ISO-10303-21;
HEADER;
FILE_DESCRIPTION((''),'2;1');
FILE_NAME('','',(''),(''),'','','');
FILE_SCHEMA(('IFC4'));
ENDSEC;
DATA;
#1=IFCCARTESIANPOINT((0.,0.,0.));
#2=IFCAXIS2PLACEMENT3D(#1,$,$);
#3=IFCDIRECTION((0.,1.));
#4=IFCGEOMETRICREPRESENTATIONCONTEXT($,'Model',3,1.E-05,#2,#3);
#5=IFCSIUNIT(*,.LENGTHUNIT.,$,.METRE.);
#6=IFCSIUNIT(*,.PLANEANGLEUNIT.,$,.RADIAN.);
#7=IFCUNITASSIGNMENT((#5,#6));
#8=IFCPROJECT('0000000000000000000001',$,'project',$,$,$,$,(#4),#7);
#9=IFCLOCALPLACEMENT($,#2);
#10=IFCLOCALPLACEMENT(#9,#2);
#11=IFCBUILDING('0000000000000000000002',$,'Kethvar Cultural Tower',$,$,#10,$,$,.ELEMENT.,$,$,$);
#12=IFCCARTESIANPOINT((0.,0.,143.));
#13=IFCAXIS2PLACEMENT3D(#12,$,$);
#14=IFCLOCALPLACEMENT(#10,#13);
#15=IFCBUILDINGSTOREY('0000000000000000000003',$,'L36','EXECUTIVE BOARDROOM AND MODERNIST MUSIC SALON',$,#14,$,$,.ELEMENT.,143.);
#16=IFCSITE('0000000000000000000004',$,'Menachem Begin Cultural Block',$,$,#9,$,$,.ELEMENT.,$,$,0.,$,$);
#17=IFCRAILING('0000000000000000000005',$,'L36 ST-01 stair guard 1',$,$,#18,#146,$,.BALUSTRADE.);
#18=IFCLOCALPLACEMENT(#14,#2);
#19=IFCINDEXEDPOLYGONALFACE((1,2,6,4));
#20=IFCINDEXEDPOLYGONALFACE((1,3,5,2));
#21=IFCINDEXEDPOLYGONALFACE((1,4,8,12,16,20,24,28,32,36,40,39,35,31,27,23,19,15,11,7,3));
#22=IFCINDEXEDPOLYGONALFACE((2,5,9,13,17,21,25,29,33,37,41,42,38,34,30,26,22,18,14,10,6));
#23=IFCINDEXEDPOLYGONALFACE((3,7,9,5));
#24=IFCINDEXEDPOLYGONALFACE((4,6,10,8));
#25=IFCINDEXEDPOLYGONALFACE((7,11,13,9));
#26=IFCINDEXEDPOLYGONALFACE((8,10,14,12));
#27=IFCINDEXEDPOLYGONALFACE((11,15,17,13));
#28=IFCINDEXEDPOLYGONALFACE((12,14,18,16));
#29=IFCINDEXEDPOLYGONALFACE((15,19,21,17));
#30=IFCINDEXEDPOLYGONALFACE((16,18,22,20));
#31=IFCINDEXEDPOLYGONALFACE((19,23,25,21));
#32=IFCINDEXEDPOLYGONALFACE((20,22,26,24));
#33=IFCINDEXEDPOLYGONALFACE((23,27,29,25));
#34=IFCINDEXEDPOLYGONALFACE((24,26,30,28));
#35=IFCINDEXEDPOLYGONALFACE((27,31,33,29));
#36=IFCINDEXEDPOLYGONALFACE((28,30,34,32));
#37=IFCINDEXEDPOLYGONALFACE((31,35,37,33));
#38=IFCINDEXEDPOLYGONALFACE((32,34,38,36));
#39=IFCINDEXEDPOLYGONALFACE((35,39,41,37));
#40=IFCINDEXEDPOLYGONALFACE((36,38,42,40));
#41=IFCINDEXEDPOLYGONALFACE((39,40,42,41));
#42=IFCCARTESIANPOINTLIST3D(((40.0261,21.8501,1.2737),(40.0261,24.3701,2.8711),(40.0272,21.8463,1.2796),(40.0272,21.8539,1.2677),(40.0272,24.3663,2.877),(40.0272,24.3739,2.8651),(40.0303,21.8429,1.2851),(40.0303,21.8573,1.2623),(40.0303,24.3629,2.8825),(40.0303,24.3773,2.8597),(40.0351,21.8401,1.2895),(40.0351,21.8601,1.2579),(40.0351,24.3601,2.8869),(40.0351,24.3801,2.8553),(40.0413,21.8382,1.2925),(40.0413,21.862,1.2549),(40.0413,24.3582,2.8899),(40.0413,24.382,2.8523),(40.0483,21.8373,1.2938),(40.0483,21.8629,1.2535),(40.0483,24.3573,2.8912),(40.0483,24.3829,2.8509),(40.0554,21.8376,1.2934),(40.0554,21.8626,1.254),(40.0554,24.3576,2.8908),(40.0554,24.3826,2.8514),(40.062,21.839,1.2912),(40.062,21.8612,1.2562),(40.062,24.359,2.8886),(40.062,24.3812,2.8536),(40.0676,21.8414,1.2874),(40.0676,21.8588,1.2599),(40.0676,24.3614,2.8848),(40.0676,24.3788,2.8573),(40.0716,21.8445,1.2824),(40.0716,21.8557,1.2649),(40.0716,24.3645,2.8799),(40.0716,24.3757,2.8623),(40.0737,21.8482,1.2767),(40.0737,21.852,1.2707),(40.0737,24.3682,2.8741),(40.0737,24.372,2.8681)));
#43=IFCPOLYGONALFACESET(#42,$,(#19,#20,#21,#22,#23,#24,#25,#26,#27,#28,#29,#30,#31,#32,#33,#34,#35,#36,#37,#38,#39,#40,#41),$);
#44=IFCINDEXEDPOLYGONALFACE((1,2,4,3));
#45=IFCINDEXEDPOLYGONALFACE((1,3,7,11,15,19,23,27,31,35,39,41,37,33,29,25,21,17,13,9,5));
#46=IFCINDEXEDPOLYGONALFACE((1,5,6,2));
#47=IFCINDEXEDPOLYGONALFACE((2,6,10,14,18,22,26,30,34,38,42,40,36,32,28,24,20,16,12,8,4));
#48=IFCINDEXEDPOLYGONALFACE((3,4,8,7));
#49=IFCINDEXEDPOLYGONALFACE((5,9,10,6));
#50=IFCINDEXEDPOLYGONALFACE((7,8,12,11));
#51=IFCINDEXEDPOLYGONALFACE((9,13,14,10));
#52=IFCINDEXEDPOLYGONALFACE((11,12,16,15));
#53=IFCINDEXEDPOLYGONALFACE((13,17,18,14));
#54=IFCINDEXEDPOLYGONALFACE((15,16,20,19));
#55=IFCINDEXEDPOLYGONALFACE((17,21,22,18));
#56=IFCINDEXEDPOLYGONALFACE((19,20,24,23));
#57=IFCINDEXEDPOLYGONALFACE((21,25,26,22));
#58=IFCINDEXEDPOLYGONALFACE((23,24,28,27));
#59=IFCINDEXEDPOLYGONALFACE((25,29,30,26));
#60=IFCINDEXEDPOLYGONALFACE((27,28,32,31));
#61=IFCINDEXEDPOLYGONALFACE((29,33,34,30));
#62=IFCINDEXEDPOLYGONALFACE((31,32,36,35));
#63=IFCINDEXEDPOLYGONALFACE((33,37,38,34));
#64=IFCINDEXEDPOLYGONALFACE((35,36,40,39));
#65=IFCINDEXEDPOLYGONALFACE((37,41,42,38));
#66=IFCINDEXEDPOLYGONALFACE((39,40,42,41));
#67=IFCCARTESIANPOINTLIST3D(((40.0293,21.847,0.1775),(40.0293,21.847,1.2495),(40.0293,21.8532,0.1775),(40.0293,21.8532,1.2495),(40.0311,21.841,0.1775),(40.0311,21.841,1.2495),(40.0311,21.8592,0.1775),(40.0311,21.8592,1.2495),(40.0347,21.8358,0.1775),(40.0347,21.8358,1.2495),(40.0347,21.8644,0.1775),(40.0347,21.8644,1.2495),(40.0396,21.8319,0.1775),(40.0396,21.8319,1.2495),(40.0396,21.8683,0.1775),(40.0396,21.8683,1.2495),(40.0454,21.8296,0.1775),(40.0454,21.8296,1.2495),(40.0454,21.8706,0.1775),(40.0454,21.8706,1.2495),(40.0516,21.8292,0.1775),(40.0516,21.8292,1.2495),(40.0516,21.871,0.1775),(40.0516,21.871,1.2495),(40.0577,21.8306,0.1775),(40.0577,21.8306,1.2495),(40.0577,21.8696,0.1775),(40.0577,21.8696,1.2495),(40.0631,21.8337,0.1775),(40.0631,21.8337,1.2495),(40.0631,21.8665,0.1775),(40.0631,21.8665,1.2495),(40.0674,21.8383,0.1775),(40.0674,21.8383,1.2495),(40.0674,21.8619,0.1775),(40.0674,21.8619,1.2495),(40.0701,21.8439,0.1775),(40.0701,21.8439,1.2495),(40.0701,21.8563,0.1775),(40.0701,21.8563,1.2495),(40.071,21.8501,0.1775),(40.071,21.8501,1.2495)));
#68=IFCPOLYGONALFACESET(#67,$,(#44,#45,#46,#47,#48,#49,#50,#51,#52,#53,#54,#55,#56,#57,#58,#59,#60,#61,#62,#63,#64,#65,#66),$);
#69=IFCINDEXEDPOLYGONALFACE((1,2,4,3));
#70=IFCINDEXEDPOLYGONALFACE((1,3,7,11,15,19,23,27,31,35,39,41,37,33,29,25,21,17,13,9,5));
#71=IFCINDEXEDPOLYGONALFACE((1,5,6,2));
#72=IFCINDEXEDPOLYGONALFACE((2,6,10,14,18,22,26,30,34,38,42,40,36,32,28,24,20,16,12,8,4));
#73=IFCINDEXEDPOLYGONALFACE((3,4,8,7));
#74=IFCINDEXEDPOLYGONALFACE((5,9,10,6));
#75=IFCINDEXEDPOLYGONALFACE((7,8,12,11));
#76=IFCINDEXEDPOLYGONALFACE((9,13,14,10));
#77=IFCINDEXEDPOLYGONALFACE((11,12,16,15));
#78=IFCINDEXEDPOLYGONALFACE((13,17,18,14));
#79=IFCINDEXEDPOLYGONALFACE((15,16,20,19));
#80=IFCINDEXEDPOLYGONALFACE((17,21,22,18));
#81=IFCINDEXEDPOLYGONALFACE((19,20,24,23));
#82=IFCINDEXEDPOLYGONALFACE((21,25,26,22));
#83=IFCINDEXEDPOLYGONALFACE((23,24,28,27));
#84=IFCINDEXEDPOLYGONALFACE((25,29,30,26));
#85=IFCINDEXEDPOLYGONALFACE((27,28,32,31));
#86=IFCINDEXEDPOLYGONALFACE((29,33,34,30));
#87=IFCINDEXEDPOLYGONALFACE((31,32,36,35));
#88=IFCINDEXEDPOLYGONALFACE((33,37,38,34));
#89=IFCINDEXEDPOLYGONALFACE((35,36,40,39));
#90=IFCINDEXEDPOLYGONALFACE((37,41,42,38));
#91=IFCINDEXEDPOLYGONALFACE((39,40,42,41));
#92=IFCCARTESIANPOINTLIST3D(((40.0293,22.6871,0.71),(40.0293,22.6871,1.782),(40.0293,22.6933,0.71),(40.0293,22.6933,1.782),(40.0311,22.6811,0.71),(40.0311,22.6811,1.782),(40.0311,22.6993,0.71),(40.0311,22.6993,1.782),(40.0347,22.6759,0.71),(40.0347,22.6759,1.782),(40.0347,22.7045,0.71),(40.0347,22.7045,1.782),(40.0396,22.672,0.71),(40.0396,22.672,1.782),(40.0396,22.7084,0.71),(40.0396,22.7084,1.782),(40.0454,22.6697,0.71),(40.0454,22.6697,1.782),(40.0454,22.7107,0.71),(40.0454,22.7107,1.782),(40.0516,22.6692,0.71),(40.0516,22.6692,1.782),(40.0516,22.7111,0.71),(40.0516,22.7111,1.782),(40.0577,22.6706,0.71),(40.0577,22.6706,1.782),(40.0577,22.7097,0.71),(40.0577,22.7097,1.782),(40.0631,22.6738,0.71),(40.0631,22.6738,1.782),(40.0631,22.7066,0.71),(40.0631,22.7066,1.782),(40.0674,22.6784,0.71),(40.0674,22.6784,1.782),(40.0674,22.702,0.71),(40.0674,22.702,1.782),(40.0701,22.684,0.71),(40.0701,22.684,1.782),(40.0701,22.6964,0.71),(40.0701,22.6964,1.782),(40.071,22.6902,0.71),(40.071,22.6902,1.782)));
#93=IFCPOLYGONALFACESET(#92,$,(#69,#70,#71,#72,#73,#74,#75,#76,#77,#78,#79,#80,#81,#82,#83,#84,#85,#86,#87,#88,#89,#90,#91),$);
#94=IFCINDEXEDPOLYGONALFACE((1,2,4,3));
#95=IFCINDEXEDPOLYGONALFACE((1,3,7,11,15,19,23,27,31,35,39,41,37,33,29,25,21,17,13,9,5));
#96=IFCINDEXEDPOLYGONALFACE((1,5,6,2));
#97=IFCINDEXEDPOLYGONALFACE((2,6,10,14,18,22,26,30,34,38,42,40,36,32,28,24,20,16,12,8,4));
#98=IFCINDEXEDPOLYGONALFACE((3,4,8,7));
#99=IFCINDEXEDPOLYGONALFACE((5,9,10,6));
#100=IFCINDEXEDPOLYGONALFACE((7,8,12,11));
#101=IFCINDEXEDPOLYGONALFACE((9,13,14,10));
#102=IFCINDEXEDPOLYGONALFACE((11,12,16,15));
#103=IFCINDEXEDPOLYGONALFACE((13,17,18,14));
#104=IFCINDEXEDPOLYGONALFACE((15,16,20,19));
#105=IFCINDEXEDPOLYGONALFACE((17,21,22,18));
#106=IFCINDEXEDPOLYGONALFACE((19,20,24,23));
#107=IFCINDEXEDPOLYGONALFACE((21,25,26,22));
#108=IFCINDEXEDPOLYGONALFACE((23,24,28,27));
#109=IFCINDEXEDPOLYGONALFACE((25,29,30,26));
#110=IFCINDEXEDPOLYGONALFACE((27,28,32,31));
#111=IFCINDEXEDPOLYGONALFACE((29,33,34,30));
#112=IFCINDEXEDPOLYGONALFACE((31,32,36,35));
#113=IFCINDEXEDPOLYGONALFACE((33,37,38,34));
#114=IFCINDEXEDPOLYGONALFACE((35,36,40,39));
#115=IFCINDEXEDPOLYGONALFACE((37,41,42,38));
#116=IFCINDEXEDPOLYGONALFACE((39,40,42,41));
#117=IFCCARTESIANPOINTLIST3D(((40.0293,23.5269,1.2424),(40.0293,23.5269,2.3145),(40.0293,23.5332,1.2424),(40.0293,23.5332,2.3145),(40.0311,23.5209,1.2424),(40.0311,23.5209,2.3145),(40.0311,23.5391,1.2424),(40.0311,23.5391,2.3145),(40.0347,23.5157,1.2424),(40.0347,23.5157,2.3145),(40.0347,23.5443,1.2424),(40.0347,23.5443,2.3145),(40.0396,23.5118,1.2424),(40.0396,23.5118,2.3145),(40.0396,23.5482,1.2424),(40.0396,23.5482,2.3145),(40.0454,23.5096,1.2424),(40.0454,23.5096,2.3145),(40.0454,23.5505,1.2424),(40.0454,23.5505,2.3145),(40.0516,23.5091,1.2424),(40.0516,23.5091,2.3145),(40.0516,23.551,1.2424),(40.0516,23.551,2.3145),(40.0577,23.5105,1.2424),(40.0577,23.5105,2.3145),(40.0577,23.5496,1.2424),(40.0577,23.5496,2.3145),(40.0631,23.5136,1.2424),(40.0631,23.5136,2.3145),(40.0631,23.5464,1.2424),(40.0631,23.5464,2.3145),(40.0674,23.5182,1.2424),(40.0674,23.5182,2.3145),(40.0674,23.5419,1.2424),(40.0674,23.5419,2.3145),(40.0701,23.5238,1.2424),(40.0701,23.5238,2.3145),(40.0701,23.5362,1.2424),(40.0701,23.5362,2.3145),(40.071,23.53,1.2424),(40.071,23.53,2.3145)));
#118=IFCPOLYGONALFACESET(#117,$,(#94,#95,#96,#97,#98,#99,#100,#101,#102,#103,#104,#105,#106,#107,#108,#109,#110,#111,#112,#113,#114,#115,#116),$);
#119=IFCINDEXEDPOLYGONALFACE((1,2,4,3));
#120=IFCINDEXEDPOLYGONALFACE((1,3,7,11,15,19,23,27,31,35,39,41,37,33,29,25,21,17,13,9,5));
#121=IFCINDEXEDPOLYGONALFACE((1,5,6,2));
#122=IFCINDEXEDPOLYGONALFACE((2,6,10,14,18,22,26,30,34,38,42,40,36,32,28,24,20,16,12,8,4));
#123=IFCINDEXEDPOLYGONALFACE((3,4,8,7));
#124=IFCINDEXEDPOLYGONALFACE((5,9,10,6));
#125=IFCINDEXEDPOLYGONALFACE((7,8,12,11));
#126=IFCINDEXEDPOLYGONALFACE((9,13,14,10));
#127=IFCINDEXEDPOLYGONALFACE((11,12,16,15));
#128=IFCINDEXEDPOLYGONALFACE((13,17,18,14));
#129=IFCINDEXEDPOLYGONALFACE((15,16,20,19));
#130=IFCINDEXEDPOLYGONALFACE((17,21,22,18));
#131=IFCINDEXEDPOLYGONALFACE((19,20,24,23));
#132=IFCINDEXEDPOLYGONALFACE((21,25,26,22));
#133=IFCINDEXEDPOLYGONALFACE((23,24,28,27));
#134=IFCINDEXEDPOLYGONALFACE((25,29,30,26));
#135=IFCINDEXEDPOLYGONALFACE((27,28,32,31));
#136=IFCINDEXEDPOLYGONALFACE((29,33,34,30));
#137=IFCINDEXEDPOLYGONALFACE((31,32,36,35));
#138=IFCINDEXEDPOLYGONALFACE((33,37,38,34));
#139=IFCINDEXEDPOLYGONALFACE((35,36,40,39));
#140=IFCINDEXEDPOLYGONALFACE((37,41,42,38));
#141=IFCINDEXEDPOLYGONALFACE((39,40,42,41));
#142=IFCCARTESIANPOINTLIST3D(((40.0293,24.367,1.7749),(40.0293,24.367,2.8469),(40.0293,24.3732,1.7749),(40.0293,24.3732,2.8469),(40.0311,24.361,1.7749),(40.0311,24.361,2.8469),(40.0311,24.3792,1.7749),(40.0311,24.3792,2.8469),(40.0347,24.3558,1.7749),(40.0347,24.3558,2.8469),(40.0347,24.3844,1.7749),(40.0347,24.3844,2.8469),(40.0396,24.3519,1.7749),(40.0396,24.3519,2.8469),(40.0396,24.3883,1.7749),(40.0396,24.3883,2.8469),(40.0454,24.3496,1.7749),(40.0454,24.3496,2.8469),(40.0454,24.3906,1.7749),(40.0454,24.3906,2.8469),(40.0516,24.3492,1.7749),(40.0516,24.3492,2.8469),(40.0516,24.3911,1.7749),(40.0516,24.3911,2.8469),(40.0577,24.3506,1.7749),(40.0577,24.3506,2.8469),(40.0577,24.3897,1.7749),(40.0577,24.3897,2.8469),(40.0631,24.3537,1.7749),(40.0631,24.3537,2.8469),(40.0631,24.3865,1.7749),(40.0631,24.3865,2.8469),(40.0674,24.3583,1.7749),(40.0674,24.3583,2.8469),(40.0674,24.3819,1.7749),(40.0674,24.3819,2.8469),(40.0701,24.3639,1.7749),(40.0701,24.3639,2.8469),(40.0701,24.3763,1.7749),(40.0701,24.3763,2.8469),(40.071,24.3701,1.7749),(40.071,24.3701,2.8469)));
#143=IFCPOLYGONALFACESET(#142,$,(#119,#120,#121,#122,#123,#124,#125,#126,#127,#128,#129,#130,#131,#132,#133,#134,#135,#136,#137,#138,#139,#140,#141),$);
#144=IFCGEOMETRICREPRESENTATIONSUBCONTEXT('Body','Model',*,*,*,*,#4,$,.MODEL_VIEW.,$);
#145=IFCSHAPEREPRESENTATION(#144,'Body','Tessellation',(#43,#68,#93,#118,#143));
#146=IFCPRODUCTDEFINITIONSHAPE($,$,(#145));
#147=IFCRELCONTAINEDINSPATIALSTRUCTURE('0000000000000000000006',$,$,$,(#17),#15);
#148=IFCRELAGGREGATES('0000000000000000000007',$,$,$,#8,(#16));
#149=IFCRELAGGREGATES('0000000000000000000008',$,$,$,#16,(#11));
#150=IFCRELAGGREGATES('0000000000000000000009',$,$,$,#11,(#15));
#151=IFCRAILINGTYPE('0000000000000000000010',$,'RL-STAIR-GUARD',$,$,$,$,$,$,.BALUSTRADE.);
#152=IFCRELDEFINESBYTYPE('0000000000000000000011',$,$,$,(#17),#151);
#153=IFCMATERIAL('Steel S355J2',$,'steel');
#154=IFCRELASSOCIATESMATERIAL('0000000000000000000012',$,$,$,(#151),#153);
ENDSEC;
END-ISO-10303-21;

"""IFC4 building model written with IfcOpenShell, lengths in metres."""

from ifc_helpers import new_model, si_unit, direction, frame, origin, origin_2d, place, context, subcontext, project, spatial, circle, extrude, material, type_object, element, save


model = new_model("IFC4")

# Units and contexts
model_context = context("Model", 3, precision=1e-05, world=origin(), true_north=direction((0.0, 1.0)))
body_context = subcontext(model_context, "Body", "Model", "MODEL_VIEW")
ifc_project = project(units=[si_unit("LENGTHUNIT", "METRE"), si_unit("PLANEANGLEUNIT", "RADIAN")], contexts=[model_context])

# Site, building, storey
site_placement = place(None, origin())
site = spatial("IfcSite", under=ifc_project, at=site_placement, Name="Menachem Begin Cultural Block", CompositionType="ELEMENT", RefElevation=0.0)
building_placement = place(site_placement, origin())
building = spatial("IfcBuilding", under=site, at=building_placement, Name="Kethvar Cultural Tower", CompositionType="ELEMENT")
storey_placement = place(building_placement, frame((0.0, 0.0, 143.0)))
storey = spatial("IfcBuildingStorey", under=building, at=storey_placement, Name="L36", Description="EXECUTIVE BOARDROOM AND MODERNIST MUSIC SALON", CompositionType="ELEMENT", Elevation=143.0)

# Shared definitions
ifc_material_1 = material(Name="Steel S355J2", Category="steel")

# Railing
railing_type_1 = type_object("IfcRailingType", Name="RL-STAIR-GUARD", PredefinedType="BALUSTRADE", material=ifc_material_1)
railing_1_placement = place(storey_placement, frame((40.05, 21.8501, 0.1775)))
element("IfcRailing", 1, at=railing_1_placement, inside=storey, type_object=railing_type_1, Name="L36 ST-01 stair guard 1", PredefinedType="BALUSTRADE", context=body_context, shape_type="SweptSolid", body=[
    extrude(circle(Radius=0.0239, at=origin_2d()), frame((0.0, 0.0, 1.0962), z_axis=(0.0, 0.844607, 0.535387), x_axis=(-1.0, 0.0, 0.0)), (0.0, 0.0, 1.0), 2.9836),
    extrude(circle(Radius=0.021, at=origin_2d()), origin(), (0.0, 0.0, 1.0), 1.072),
    extrude(circle(Radius=0.021, at=origin_2d()), frame((0.0, 0.8401, 0.5325)), (0.0, 0.0, 1.0), 1.072),
    extrude(circle(Radius=0.021, at=origin_2d()), frame((0.0, 1.6799, 1.0649)), (0.0, 0.0, 1.0), 1.072),
    extrude(circle(Radius=0.021, at=origin_2d()), frame((0.0, 2.52, 1.5974)), (0.0, 0.0, 1.0), 1.072),
])

save(model, "model.ifc")
